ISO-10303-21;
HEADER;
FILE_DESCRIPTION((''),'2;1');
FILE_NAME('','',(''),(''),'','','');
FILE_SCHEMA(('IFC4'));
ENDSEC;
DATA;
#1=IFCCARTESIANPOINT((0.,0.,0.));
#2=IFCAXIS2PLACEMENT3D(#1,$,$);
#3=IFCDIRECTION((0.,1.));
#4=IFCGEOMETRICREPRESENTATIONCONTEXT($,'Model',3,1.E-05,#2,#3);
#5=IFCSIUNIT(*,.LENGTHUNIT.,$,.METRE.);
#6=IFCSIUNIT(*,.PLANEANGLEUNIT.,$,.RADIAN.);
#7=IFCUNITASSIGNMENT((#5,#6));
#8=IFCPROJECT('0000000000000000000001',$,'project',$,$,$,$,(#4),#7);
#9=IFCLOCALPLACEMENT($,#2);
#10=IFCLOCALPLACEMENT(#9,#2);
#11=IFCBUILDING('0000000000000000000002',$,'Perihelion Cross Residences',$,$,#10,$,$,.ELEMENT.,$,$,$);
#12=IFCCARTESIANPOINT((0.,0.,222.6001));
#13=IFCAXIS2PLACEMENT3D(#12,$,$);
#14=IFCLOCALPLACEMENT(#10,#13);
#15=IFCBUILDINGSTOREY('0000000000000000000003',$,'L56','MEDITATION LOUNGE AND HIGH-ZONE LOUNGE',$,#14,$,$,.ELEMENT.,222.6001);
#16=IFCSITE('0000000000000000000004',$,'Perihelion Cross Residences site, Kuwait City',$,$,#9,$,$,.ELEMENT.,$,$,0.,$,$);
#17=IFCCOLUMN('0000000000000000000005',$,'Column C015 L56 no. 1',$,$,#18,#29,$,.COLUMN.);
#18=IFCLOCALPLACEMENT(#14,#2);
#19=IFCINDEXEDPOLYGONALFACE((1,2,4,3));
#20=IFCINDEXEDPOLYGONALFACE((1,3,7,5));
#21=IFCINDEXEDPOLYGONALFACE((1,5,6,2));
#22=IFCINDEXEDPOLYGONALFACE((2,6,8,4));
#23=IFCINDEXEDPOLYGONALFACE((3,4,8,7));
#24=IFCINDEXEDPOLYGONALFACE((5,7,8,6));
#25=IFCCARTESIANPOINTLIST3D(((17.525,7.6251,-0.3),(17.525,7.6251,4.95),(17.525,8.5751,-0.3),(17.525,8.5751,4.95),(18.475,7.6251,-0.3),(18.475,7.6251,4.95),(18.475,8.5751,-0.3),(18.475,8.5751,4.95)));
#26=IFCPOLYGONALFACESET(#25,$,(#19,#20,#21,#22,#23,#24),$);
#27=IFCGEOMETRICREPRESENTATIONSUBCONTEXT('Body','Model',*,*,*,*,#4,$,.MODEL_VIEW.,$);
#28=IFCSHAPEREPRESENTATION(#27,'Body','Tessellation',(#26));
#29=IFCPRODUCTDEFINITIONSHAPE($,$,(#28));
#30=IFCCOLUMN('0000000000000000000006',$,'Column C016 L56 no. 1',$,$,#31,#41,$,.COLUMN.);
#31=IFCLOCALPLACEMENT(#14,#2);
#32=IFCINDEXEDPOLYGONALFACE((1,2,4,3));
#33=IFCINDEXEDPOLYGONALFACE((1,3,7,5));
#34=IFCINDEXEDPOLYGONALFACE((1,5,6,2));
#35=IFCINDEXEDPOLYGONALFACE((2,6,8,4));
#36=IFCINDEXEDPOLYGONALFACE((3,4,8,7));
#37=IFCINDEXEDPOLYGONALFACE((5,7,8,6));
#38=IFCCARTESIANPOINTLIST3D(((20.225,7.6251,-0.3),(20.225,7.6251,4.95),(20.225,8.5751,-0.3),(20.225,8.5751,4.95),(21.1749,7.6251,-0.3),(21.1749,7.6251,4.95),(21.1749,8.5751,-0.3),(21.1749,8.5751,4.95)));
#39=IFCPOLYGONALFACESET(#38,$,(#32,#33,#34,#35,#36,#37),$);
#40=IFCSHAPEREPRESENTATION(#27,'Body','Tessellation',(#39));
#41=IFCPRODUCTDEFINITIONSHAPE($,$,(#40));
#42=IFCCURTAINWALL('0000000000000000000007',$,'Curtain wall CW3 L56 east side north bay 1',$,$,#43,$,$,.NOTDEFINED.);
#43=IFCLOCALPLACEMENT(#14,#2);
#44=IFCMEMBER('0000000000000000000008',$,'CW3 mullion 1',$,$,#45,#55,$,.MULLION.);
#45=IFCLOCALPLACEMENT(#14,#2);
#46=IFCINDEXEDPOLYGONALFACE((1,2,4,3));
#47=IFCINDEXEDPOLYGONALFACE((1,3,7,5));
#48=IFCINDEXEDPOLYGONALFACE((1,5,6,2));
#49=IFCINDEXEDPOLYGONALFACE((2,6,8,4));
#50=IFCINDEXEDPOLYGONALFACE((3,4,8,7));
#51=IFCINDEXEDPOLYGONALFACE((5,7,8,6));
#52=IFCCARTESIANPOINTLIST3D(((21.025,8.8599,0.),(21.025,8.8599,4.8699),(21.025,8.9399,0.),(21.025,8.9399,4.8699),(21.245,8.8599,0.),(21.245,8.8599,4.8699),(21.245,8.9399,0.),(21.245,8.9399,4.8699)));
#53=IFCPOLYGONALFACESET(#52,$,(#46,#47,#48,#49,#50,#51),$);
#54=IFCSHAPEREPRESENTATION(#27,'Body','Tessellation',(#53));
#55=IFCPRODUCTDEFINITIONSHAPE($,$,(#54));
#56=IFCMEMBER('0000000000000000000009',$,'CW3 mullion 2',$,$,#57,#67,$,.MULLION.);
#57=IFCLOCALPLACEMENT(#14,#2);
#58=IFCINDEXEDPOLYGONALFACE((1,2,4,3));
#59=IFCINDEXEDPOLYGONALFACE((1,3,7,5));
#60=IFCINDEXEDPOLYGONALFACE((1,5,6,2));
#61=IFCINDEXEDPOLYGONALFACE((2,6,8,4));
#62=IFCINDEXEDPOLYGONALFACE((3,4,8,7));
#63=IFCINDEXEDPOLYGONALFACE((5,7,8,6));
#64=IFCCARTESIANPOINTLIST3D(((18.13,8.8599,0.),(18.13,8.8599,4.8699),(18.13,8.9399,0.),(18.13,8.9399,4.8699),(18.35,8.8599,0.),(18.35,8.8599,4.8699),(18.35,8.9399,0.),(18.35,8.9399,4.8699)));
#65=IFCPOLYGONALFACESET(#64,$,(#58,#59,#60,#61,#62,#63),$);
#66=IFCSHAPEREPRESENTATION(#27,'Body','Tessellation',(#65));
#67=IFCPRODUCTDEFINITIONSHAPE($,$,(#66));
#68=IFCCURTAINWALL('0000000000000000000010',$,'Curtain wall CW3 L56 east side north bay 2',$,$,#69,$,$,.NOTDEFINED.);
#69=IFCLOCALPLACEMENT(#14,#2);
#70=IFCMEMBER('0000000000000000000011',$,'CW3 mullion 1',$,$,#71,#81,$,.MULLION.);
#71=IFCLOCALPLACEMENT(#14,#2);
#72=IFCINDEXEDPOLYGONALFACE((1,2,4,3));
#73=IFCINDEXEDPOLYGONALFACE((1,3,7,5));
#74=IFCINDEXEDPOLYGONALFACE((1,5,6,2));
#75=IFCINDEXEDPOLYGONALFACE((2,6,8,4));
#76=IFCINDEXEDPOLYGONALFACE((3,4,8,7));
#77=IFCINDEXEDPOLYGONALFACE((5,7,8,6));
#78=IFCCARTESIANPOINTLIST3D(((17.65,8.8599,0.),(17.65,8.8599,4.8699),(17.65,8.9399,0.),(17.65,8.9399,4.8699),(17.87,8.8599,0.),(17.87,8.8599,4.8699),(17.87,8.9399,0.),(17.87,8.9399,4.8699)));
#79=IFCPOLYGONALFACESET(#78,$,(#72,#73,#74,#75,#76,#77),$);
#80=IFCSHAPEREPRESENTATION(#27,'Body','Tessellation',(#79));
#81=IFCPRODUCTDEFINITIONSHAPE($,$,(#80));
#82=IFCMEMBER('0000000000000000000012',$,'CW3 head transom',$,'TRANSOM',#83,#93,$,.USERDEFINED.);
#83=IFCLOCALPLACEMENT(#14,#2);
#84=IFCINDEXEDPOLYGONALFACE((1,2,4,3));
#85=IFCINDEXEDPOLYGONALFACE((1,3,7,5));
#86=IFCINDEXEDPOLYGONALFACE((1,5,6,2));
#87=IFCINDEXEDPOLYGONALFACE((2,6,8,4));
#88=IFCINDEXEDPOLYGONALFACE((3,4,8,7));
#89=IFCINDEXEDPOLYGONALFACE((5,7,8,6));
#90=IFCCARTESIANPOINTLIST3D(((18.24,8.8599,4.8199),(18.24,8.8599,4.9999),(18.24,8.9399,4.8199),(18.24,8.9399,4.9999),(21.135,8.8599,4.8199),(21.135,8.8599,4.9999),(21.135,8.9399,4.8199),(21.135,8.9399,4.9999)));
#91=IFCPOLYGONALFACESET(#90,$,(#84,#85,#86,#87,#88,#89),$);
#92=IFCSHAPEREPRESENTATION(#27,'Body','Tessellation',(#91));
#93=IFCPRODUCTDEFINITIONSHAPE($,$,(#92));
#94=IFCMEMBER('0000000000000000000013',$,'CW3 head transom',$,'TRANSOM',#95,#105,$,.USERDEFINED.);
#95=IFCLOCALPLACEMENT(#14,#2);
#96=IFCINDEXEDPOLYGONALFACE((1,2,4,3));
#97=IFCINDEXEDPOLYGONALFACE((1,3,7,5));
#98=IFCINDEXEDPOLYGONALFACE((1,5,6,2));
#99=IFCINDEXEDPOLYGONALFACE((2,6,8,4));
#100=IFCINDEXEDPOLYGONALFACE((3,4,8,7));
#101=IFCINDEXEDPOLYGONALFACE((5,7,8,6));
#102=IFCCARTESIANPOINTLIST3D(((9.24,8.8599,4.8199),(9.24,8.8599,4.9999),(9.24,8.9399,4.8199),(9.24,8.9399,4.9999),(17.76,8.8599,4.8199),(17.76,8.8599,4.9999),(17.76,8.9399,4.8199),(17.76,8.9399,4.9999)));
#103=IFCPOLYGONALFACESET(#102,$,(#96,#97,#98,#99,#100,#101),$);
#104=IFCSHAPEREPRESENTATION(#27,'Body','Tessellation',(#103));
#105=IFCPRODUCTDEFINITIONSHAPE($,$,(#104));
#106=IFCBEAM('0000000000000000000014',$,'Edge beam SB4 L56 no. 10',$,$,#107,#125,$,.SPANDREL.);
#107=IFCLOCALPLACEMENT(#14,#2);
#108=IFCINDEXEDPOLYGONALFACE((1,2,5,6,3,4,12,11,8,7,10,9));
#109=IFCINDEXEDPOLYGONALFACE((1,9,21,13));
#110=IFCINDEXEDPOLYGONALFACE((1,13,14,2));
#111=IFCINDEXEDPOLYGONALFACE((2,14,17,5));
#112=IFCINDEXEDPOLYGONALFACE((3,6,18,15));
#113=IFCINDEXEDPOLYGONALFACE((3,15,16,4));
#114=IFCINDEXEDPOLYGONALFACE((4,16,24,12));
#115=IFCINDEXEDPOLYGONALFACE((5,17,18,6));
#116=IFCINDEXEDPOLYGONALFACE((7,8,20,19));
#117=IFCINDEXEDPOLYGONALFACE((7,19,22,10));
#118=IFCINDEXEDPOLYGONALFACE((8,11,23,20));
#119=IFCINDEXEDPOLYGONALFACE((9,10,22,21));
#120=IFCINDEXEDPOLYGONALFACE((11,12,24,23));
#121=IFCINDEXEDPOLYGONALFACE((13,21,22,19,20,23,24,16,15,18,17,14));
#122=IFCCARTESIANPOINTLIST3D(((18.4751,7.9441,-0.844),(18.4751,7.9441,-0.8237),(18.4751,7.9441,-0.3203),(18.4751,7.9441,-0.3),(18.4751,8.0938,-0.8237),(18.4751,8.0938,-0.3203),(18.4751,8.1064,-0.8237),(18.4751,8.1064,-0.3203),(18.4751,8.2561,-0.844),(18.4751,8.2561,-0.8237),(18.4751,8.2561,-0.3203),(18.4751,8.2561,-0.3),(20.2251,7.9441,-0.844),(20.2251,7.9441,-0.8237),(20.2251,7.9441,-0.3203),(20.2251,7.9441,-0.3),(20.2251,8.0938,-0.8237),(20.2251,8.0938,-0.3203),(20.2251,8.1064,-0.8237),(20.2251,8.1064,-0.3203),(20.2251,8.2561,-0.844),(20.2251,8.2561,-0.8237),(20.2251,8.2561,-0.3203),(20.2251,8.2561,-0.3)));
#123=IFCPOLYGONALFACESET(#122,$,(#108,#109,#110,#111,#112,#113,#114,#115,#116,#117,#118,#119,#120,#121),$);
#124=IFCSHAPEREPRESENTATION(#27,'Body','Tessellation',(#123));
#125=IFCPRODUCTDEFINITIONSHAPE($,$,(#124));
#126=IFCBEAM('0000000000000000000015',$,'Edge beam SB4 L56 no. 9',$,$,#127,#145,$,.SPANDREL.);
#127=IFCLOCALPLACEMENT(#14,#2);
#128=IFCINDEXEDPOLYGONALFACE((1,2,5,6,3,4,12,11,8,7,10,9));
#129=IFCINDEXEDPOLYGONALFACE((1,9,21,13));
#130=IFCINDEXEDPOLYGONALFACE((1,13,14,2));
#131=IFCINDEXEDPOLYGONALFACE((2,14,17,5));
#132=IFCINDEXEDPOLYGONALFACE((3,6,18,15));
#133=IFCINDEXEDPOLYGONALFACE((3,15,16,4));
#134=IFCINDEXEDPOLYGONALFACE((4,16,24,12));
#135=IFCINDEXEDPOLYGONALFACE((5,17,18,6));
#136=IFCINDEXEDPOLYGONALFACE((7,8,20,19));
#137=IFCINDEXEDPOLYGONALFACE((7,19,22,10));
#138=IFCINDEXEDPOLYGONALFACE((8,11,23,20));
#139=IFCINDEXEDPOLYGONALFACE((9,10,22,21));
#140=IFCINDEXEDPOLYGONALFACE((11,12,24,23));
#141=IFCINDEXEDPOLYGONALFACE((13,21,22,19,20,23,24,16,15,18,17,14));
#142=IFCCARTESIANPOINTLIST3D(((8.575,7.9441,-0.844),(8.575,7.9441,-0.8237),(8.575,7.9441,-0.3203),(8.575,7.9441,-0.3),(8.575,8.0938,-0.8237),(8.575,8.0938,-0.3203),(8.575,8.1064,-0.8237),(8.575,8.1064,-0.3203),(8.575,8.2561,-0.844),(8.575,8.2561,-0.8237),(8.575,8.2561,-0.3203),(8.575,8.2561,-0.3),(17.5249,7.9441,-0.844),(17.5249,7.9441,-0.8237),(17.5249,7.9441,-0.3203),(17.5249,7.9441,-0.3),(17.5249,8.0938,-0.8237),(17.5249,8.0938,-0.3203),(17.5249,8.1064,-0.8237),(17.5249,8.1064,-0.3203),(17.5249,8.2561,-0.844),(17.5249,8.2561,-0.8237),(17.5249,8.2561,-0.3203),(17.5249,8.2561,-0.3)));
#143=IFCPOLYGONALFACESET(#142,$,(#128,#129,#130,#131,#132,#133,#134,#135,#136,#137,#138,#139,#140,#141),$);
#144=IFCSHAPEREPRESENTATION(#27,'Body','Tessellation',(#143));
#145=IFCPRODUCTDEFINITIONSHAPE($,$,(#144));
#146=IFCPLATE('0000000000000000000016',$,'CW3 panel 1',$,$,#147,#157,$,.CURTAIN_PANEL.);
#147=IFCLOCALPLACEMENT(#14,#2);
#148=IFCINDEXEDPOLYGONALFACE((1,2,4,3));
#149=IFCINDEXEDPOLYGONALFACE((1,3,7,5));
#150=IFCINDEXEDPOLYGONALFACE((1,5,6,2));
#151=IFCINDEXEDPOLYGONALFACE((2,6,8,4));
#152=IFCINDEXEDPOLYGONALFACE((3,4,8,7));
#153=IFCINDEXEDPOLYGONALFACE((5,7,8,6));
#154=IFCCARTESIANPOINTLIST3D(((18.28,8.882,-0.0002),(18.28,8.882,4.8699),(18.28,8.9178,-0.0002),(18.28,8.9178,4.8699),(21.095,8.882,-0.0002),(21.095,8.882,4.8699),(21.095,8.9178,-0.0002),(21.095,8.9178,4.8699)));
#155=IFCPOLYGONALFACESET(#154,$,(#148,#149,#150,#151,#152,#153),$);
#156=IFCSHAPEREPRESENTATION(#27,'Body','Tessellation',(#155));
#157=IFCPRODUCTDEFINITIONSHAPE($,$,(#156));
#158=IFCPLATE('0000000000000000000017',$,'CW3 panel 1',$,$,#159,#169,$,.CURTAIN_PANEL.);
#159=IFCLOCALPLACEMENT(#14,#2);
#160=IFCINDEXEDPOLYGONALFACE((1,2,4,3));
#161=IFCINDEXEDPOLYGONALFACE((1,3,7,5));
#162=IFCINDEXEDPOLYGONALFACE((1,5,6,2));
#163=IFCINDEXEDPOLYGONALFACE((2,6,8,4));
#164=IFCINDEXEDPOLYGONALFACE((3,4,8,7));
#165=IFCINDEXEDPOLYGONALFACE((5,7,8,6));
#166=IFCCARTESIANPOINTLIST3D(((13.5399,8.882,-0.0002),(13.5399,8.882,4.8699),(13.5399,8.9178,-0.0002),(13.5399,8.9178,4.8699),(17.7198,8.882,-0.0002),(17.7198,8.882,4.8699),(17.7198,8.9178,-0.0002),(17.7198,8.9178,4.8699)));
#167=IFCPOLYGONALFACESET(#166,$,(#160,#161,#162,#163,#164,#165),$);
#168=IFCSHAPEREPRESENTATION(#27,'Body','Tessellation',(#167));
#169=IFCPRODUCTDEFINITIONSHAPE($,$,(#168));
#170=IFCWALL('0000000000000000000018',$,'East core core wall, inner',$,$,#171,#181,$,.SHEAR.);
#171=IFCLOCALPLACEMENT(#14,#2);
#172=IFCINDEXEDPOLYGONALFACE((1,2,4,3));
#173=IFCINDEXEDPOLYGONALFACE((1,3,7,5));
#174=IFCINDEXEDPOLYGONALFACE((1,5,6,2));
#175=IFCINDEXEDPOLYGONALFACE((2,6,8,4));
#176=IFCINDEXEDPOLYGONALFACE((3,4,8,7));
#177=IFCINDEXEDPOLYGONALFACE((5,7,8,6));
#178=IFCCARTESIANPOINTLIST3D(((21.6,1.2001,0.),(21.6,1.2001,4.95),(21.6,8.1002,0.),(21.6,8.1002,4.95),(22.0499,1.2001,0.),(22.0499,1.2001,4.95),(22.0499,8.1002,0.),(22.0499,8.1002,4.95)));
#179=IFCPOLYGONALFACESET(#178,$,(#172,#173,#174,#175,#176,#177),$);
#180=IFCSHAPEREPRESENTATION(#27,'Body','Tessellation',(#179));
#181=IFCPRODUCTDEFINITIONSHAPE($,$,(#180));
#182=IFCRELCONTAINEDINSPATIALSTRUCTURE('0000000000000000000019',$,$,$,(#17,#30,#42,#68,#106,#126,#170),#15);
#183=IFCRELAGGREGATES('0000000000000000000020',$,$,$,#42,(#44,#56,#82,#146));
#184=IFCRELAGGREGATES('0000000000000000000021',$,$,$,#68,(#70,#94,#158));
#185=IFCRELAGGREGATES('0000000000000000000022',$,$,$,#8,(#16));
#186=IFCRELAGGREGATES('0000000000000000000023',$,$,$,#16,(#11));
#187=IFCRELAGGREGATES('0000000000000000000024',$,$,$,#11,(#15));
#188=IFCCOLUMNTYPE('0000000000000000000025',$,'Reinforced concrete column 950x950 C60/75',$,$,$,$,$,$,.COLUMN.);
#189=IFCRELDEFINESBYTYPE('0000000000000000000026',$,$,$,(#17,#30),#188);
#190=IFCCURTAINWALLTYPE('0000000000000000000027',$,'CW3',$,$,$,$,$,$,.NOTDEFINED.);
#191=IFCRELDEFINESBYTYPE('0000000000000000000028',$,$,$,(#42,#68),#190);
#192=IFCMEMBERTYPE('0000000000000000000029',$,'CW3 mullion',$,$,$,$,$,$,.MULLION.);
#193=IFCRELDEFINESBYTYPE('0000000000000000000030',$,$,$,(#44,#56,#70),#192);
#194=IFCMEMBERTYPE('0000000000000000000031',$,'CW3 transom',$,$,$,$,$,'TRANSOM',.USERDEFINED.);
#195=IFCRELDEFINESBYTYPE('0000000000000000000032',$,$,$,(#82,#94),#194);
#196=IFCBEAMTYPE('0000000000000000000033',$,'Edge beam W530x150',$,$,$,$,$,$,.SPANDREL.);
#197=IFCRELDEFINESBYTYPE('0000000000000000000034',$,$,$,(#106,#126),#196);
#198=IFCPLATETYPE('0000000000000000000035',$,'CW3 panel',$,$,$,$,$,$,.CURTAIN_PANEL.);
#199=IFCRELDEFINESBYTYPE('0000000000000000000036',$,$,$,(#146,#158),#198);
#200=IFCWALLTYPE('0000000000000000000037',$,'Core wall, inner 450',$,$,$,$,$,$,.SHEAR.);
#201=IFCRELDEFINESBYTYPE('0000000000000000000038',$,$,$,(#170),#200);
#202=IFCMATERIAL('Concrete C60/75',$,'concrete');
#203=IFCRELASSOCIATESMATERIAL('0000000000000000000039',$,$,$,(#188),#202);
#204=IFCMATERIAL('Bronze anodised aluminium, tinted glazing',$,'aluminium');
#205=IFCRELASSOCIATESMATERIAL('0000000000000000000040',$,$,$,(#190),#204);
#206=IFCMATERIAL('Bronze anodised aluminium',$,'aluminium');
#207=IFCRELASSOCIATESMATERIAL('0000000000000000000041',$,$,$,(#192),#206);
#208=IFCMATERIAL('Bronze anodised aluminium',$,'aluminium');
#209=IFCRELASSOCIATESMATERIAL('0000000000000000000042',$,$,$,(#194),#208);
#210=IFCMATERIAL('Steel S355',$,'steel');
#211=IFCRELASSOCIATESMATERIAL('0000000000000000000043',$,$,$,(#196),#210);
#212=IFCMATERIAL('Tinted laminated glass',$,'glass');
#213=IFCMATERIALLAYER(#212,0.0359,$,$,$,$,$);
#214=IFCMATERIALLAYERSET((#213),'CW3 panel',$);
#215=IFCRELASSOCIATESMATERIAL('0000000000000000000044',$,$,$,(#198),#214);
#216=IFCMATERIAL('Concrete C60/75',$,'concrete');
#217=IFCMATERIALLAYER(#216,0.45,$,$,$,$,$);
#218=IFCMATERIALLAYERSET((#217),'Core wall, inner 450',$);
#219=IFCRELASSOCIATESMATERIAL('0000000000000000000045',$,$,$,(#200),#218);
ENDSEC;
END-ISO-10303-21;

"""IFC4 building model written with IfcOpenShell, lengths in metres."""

from ifc_helpers import new_model, si_unit, direction, frame, frame_2d, origin, origin_2d, place, context, subcontext, project, spatial, rectangle, i_section, extrude, material, layer, layer_set, material_profile, profile_set, type_object, element, aggregate, save


model = new_model("IFC4")

# Units and contexts
model_context = context("Model", 3, precision=1e-05, world=origin(), true_north=direction((0.0, 1.0)))
body_context = subcontext(model_context, "Body", "Model", "MODEL_VIEW")
ifc_project = project(units=[si_unit("LENGTHUNIT", "METRE"), si_unit("PLANEANGLEUNIT", "RADIAN")], contexts=[model_context])

# Site, building, storey
site_placement = place(None, origin())
site = spatial("IfcSite", under=ifc_project, at=site_placement, Name="Perihelion Cross Residences site, Kuwait City", CompositionType="ELEMENT", RefElevation=0.0)
building_placement = place(site_placement, origin())
building = spatial("IfcBuilding", under=site, at=building_placement, Name="Perihelion Cross Residences", CompositionType="ELEMENT")
storey_placement = place(building_placement, frame((0.0, 0.0, 222.6001)))
storey = spatial("IfcBuildingStorey", under=building, at=storey_placement, Name="L56", Description="MEDITATION LOUNGE AND HIGH-ZONE LOUNGE", CompositionType="ELEMENT", Elevation=222.6001)

# Columns
ifc_material_1 = material(Name="Concrete C60/75", Category="concrete")
ifc_material_profile_1 = material_profile(ifc_material_1, rectangle(XDim=0.95, YDim=0.95, at=origin_2d()), Name="RC 950x950")
ifc_profile_set_1 = profile_set([ifc_material_profile_1], Name="Concrete C60/75")
column_type = type_object("IfcColumnType", Name="Reinforced concrete column 950x950 C60/75", PredefinedType="COLUMN", material=ifc_profile_set_1)
for number, where, z_axis, x_axis, name in (
    (1, (18.0, 8.1001, -0.3), (0.0, 0.0, 1.0), (1.0, 0.0, 0.0), "Column C015 L56 no. 1"),
    (2, (20.7, 8.1001, -0.3), (0.0, 0.0, 1.0), (1.0, 0.0, 0.0), "Column C016 L56 no. 1"),
):
    element("IfcColumn", number, at=place(storey_placement, frame(where, z_axis=z_axis, x_axis=x_axis)), inside=storey, type_object=column_type, Name=name, PredefinedType="COLUMN", context=body_context, shape_type="SweptSolid", body=[
        extrude(rectangle(XDim=0.95, YDim=0.95, at=origin_2d()), origin(), (0.0, 0.0, 1.0), 5.25),
    ])

# Curtain wall, members
ifc_material_2 = material(Name="Bronze anodised aluminium, tinted glazing", Category="aluminium")
curtain_wall_type = type_object("IfcCurtainWallType", Name="CW3", PredefinedType="NOTDEFINED", material=ifc_material_2)
curtain_wall_1_placement = place(storey_placement, origin())
curtain_wall_1 = element("IfcCurtainWall", 3, at=curtain_wall_1_placement, inside=storey, type_object=curtain_wall_type, Name="Curtain wall CW3 L56 east side north bay 1", PredefinedType="NOTDEFINED")
ifc_material_3 = material(Name="Bronze anodised aluminium", Category="aluminium")
ifc_material_profile_2 = material_profile(ifc_material_3, rectangle(XDim=0.0801, YDim=0.22, at=origin_2d()), Name="CW3 mullion")
ifc_profile_set_2 = profile_set([ifc_material_profile_2], Name="Bronze anodised aluminium")
member_type_1 = type_object("IfcMemberType", Name="CW3 mullion", PredefinedType="MULLION", material=ifc_profile_set_2)
member_1_placement = place(storey_placement, frame((21.135, 8.8999, 0.0), z_axis=(0.0, 0.0, 1.0), x_axis=(0.0, -1.0, 0.0)))
member_1 = element("IfcMember", 4, at=member_1_placement, type_object=member_type_1, Name="CW3 mullion 1", PredefinedType="MULLION", context=body_context, shape_type="SweptSolid", body=[
    extrude(rectangle(XDim=0.0801, YDim=0.22, at=origin_2d()), origin(), (0.0, 0.0, 1.0), 4.8699),
])
member_2_placement = place(storey_placement, frame((18.24, 8.8999, 0.0), z_axis=(0.0, 0.0, 1.0), x_axis=(0.0, -1.0, 0.0)))
member_2 = element("IfcMember", 5, at=member_2_placement, type_object=member_type_1, Name="CW3 mullion 2", PredefinedType="MULLION", context=body_context, shape_type="SweptSolid", body=[
    extrude(rectangle(XDim=0.0801, YDim=0.22, at=origin_2d()), origin(), (0.0, 0.0, 1.0), 4.8699),
])

# Curtain wall, member
curtain_wall_2_placement = place(storey_placement, origin())
curtain_wall_2 = element("IfcCurtainWall", 6, at=curtain_wall_2_placement, inside=storey, type_object=curtain_wall_type, Name="Curtain wall CW3 L56 east side north bay 2", PredefinedType="NOTDEFINED")
member_3_placement = place(storey_placement, frame((17.76, 8.8999, 0.0), z_axis=(0.0, 0.0, 1.0), x_axis=(0.0, -1.0, 0.0)))
member_3 = element("IfcMember", 7, at=member_3_placement, type_object=member_type_1, Name="CW3 mullion 1", PredefinedType="MULLION", context=body_context, shape_type="SweptSolid", body=[
    extrude(rectangle(XDim=0.0801, YDim=0.22, at=origin_2d()), origin(), (0.0, 0.0, 1.0), 4.8699),
])

# Members
ifc_material_4 = material(Name="Bronze anodised aluminium", Category="aluminium")
ifc_material_profile_3 = material_profile(ifc_material_4, rectangle(XDim=0.0801, YDim=0.1799, at=origin_2d()), Name="CW3 transom")
ifc_profile_set_3 = profile_set([ifc_material_profile_3], Name="Bronze anodised aluminium")
member_type_2 = type_object("IfcMemberType", Name="CW3 transom", ElementType="TRANSOM", PredefinedType="USERDEFINED", material=ifc_profile_set_3)
member_4_placement = place(storey_placement, frame((21.135, 8.8999, 4.9099), z_axis=(-1.0, 0.0, 0.0), x_axis=(0.0, -1.0, 0.0)))
member_4 = element("IfcMember", 8, at=member_4_placement, type_object=member_type_2, Name="CW3 head transom", ObjectType="TRANSOM", PredefinedType="USERDEFINED", context=body_context, shape_type="SweptSolid", body=[
    extrude(rectangle(XDim=0.0801, YDim=0.1799, at=origin_2d()), origin(), (0.0, 0.0, 1.0), 2.895),
])
member_5_placement = place(storey_placement, frame((17.76, 8.8999, 4.9099), z_axis=(-1.0, 0.0, 0.0), x_axis=(0.0, -1.0, 0.0)))
member_5 = element("IfcMember", 9, at=member_5_placement, type_object=member_type_2, Name="CW3 head transom", ObjectType="TRANSOM", PredefinedType="USERDEFINED", context=body_context, shape_type="SweptSolid", body=[
    extrude(rectangle(XDim=0.0801, YDim=0.1799, at=origin_2d()), origin(), (0.0, 0.0, 1.0), 8.52),
])

# Beams
ifc_material_5 = material(Name="Steel S355", Category="steel")
ifc_material_profile_4 = material_profile(ifc_material_5, i_section(OverallWidth=0.312, OverallDepth=0.5439, WebThickness=0.0127, FlangeThickness=0.0203, at=origin_2d()), Name="W530x150")
ifc_profile_set_4 = profile_set([ifc_material_profile_4], Name="Steel S355")
beam_type = type_object("IfcBeamType", Name="Edge beam W530x150", PredefinedType="SPANDREL", material=ifc_profile_set_4)
beam_1_placement = place(storey_placement, frame((20.2251, 8.1001, -0.572), z_axis=(-1.0, 0.0, 0.0), x_axis=(0.0, -1.0, 0.0)))
element("IfcBeam", 10, at=beam_1_placement, inside=storey, type_object=beam_type, Name="Edge beam SB4 L56 no. 10", PredefinedType="SPANDREL", context=body_context, shape_type="SweptSolid", body=[
    extrude(i_section(OverallWidth=0.312, OverallDepth=0.5439, WebThickness=0.0127, FlangeThickness=0.0203, at=origin_2d()), origin(), (0.0, 0.0, 1.0), 1.75),
])
beam_2_placement = place(storey_placement, frame((17.5249, 8.1001, -0.572), z_axis=(-1.0, 0.0, 0.0), x_axis=(0.0, -1.0, 0.0)))
element("IfcBeam", 11, at=beam_2_placement, inside=storey, type_object=beam_type, Name="Edge beam SB4 L56 no. 9", PredefinedType="SPANDREL", context=body_context, shape_type="SweptSolid", body=[
    extrude(i_section(OverallWidth=0.312, OverallDepth=0.5439, WebThickness=0.0127, FlangeThickness=0.0203, at=origin_2d()), origin(), (0.0, 0.0, 1.0), 8.95),
])

# Plates
ifc_material_6 = material(Name="Tinted laminated glass", Category="glass")
ifc_layer_1 = layer(ifc_material_6, 0.0359)
ifc_layer_set_1 = layer_set([ifc_layer_1], Name="CW3 panel")
plate_type = type_object("IfcPlateType", Name="CW3 panel", PredefinedType="CURTAIN_PANEL", material=ifc_layer_set_1)
plate_1_placement = place(storey_placement, frame((19.6875, 8.8999, -0.0002), z_axis=(0.0, 0.0, 1.0), x_axis=(-1.0, 0.0, 0.0)))
plate_1 = element("IfcPlate", 12, at=plate_1_placement, type_object=plate_type, Name="CW3 panel 1", PredefinedType="CURTAIN_PANEL", context=body_context, shape_type="SweptSolid", body=[
    extrude(rectangle(XDim=2.8149, YDim=0.0359, at=origin_2d()), origin(), (0.0, 0.0, 1.0), 4.8701),
])
aggregate(curtain_wall_1, [member_1, member_2, member_4, plate_1])
plate_2_placement = place(storey_placement, frame((15.6299, 8.8999, -0.0002), z_axis=(0.0, 0.0, 1.0), x_axis=(-1.0, 0.0, 0.0)))
plate_2 = element("IfcPlate", 13, at=plate_2_placement, type_object=plate_type, Name="CW3 panel 1", PredefinedType="CURTAIN_PANEL", context=body_context, shape_type="SweptSolid", body=[
    extrude(rectangle(XDim=4.1799, YDim=0.0359, at=origin_2d()), origin(), (0.0, 0.0, 1.0), 4.8701),
])
aggregate(curtain_wall_2, [member_3, member_5, plate_2])

# Wall
ifc_material_7 = material(Name="Concrete C60/75", Category="concrete")
ifc_layer_2 = layer(ifc_material_7, 0.45)
ifc_layer_set_2 = layer_set([ifc_layer_2], Name="Core wall, inner 450")
wall_type_1 = type_object("IfcWallType", Name="Core wall, inner 450", PredefinedType="SHEAR", material=ifc_layer_set_2)
wall_1_placement = place(storey_placement, frame((21.825, 1.2, 0.0), z_axis=(0.0, 0.0, 1.0), x_axis=(0.0, 1.0, 0.0)))
element("IfcWall", 14, at=wall_1_placement, inside=storey, type_object=wall_type_1, Name="East core core wall, inner", PredefinedType="SHEAR", context=body_context, shape_type="SweptSolid", body=[
    extrude(rectangle(XDim=6.9001, YDim=0.45, at=frame_2d((3.4502, 0.0))), origin(), (0.0, 0.0, 1.0), 4.95),
])

save(model, "model.ifc")
